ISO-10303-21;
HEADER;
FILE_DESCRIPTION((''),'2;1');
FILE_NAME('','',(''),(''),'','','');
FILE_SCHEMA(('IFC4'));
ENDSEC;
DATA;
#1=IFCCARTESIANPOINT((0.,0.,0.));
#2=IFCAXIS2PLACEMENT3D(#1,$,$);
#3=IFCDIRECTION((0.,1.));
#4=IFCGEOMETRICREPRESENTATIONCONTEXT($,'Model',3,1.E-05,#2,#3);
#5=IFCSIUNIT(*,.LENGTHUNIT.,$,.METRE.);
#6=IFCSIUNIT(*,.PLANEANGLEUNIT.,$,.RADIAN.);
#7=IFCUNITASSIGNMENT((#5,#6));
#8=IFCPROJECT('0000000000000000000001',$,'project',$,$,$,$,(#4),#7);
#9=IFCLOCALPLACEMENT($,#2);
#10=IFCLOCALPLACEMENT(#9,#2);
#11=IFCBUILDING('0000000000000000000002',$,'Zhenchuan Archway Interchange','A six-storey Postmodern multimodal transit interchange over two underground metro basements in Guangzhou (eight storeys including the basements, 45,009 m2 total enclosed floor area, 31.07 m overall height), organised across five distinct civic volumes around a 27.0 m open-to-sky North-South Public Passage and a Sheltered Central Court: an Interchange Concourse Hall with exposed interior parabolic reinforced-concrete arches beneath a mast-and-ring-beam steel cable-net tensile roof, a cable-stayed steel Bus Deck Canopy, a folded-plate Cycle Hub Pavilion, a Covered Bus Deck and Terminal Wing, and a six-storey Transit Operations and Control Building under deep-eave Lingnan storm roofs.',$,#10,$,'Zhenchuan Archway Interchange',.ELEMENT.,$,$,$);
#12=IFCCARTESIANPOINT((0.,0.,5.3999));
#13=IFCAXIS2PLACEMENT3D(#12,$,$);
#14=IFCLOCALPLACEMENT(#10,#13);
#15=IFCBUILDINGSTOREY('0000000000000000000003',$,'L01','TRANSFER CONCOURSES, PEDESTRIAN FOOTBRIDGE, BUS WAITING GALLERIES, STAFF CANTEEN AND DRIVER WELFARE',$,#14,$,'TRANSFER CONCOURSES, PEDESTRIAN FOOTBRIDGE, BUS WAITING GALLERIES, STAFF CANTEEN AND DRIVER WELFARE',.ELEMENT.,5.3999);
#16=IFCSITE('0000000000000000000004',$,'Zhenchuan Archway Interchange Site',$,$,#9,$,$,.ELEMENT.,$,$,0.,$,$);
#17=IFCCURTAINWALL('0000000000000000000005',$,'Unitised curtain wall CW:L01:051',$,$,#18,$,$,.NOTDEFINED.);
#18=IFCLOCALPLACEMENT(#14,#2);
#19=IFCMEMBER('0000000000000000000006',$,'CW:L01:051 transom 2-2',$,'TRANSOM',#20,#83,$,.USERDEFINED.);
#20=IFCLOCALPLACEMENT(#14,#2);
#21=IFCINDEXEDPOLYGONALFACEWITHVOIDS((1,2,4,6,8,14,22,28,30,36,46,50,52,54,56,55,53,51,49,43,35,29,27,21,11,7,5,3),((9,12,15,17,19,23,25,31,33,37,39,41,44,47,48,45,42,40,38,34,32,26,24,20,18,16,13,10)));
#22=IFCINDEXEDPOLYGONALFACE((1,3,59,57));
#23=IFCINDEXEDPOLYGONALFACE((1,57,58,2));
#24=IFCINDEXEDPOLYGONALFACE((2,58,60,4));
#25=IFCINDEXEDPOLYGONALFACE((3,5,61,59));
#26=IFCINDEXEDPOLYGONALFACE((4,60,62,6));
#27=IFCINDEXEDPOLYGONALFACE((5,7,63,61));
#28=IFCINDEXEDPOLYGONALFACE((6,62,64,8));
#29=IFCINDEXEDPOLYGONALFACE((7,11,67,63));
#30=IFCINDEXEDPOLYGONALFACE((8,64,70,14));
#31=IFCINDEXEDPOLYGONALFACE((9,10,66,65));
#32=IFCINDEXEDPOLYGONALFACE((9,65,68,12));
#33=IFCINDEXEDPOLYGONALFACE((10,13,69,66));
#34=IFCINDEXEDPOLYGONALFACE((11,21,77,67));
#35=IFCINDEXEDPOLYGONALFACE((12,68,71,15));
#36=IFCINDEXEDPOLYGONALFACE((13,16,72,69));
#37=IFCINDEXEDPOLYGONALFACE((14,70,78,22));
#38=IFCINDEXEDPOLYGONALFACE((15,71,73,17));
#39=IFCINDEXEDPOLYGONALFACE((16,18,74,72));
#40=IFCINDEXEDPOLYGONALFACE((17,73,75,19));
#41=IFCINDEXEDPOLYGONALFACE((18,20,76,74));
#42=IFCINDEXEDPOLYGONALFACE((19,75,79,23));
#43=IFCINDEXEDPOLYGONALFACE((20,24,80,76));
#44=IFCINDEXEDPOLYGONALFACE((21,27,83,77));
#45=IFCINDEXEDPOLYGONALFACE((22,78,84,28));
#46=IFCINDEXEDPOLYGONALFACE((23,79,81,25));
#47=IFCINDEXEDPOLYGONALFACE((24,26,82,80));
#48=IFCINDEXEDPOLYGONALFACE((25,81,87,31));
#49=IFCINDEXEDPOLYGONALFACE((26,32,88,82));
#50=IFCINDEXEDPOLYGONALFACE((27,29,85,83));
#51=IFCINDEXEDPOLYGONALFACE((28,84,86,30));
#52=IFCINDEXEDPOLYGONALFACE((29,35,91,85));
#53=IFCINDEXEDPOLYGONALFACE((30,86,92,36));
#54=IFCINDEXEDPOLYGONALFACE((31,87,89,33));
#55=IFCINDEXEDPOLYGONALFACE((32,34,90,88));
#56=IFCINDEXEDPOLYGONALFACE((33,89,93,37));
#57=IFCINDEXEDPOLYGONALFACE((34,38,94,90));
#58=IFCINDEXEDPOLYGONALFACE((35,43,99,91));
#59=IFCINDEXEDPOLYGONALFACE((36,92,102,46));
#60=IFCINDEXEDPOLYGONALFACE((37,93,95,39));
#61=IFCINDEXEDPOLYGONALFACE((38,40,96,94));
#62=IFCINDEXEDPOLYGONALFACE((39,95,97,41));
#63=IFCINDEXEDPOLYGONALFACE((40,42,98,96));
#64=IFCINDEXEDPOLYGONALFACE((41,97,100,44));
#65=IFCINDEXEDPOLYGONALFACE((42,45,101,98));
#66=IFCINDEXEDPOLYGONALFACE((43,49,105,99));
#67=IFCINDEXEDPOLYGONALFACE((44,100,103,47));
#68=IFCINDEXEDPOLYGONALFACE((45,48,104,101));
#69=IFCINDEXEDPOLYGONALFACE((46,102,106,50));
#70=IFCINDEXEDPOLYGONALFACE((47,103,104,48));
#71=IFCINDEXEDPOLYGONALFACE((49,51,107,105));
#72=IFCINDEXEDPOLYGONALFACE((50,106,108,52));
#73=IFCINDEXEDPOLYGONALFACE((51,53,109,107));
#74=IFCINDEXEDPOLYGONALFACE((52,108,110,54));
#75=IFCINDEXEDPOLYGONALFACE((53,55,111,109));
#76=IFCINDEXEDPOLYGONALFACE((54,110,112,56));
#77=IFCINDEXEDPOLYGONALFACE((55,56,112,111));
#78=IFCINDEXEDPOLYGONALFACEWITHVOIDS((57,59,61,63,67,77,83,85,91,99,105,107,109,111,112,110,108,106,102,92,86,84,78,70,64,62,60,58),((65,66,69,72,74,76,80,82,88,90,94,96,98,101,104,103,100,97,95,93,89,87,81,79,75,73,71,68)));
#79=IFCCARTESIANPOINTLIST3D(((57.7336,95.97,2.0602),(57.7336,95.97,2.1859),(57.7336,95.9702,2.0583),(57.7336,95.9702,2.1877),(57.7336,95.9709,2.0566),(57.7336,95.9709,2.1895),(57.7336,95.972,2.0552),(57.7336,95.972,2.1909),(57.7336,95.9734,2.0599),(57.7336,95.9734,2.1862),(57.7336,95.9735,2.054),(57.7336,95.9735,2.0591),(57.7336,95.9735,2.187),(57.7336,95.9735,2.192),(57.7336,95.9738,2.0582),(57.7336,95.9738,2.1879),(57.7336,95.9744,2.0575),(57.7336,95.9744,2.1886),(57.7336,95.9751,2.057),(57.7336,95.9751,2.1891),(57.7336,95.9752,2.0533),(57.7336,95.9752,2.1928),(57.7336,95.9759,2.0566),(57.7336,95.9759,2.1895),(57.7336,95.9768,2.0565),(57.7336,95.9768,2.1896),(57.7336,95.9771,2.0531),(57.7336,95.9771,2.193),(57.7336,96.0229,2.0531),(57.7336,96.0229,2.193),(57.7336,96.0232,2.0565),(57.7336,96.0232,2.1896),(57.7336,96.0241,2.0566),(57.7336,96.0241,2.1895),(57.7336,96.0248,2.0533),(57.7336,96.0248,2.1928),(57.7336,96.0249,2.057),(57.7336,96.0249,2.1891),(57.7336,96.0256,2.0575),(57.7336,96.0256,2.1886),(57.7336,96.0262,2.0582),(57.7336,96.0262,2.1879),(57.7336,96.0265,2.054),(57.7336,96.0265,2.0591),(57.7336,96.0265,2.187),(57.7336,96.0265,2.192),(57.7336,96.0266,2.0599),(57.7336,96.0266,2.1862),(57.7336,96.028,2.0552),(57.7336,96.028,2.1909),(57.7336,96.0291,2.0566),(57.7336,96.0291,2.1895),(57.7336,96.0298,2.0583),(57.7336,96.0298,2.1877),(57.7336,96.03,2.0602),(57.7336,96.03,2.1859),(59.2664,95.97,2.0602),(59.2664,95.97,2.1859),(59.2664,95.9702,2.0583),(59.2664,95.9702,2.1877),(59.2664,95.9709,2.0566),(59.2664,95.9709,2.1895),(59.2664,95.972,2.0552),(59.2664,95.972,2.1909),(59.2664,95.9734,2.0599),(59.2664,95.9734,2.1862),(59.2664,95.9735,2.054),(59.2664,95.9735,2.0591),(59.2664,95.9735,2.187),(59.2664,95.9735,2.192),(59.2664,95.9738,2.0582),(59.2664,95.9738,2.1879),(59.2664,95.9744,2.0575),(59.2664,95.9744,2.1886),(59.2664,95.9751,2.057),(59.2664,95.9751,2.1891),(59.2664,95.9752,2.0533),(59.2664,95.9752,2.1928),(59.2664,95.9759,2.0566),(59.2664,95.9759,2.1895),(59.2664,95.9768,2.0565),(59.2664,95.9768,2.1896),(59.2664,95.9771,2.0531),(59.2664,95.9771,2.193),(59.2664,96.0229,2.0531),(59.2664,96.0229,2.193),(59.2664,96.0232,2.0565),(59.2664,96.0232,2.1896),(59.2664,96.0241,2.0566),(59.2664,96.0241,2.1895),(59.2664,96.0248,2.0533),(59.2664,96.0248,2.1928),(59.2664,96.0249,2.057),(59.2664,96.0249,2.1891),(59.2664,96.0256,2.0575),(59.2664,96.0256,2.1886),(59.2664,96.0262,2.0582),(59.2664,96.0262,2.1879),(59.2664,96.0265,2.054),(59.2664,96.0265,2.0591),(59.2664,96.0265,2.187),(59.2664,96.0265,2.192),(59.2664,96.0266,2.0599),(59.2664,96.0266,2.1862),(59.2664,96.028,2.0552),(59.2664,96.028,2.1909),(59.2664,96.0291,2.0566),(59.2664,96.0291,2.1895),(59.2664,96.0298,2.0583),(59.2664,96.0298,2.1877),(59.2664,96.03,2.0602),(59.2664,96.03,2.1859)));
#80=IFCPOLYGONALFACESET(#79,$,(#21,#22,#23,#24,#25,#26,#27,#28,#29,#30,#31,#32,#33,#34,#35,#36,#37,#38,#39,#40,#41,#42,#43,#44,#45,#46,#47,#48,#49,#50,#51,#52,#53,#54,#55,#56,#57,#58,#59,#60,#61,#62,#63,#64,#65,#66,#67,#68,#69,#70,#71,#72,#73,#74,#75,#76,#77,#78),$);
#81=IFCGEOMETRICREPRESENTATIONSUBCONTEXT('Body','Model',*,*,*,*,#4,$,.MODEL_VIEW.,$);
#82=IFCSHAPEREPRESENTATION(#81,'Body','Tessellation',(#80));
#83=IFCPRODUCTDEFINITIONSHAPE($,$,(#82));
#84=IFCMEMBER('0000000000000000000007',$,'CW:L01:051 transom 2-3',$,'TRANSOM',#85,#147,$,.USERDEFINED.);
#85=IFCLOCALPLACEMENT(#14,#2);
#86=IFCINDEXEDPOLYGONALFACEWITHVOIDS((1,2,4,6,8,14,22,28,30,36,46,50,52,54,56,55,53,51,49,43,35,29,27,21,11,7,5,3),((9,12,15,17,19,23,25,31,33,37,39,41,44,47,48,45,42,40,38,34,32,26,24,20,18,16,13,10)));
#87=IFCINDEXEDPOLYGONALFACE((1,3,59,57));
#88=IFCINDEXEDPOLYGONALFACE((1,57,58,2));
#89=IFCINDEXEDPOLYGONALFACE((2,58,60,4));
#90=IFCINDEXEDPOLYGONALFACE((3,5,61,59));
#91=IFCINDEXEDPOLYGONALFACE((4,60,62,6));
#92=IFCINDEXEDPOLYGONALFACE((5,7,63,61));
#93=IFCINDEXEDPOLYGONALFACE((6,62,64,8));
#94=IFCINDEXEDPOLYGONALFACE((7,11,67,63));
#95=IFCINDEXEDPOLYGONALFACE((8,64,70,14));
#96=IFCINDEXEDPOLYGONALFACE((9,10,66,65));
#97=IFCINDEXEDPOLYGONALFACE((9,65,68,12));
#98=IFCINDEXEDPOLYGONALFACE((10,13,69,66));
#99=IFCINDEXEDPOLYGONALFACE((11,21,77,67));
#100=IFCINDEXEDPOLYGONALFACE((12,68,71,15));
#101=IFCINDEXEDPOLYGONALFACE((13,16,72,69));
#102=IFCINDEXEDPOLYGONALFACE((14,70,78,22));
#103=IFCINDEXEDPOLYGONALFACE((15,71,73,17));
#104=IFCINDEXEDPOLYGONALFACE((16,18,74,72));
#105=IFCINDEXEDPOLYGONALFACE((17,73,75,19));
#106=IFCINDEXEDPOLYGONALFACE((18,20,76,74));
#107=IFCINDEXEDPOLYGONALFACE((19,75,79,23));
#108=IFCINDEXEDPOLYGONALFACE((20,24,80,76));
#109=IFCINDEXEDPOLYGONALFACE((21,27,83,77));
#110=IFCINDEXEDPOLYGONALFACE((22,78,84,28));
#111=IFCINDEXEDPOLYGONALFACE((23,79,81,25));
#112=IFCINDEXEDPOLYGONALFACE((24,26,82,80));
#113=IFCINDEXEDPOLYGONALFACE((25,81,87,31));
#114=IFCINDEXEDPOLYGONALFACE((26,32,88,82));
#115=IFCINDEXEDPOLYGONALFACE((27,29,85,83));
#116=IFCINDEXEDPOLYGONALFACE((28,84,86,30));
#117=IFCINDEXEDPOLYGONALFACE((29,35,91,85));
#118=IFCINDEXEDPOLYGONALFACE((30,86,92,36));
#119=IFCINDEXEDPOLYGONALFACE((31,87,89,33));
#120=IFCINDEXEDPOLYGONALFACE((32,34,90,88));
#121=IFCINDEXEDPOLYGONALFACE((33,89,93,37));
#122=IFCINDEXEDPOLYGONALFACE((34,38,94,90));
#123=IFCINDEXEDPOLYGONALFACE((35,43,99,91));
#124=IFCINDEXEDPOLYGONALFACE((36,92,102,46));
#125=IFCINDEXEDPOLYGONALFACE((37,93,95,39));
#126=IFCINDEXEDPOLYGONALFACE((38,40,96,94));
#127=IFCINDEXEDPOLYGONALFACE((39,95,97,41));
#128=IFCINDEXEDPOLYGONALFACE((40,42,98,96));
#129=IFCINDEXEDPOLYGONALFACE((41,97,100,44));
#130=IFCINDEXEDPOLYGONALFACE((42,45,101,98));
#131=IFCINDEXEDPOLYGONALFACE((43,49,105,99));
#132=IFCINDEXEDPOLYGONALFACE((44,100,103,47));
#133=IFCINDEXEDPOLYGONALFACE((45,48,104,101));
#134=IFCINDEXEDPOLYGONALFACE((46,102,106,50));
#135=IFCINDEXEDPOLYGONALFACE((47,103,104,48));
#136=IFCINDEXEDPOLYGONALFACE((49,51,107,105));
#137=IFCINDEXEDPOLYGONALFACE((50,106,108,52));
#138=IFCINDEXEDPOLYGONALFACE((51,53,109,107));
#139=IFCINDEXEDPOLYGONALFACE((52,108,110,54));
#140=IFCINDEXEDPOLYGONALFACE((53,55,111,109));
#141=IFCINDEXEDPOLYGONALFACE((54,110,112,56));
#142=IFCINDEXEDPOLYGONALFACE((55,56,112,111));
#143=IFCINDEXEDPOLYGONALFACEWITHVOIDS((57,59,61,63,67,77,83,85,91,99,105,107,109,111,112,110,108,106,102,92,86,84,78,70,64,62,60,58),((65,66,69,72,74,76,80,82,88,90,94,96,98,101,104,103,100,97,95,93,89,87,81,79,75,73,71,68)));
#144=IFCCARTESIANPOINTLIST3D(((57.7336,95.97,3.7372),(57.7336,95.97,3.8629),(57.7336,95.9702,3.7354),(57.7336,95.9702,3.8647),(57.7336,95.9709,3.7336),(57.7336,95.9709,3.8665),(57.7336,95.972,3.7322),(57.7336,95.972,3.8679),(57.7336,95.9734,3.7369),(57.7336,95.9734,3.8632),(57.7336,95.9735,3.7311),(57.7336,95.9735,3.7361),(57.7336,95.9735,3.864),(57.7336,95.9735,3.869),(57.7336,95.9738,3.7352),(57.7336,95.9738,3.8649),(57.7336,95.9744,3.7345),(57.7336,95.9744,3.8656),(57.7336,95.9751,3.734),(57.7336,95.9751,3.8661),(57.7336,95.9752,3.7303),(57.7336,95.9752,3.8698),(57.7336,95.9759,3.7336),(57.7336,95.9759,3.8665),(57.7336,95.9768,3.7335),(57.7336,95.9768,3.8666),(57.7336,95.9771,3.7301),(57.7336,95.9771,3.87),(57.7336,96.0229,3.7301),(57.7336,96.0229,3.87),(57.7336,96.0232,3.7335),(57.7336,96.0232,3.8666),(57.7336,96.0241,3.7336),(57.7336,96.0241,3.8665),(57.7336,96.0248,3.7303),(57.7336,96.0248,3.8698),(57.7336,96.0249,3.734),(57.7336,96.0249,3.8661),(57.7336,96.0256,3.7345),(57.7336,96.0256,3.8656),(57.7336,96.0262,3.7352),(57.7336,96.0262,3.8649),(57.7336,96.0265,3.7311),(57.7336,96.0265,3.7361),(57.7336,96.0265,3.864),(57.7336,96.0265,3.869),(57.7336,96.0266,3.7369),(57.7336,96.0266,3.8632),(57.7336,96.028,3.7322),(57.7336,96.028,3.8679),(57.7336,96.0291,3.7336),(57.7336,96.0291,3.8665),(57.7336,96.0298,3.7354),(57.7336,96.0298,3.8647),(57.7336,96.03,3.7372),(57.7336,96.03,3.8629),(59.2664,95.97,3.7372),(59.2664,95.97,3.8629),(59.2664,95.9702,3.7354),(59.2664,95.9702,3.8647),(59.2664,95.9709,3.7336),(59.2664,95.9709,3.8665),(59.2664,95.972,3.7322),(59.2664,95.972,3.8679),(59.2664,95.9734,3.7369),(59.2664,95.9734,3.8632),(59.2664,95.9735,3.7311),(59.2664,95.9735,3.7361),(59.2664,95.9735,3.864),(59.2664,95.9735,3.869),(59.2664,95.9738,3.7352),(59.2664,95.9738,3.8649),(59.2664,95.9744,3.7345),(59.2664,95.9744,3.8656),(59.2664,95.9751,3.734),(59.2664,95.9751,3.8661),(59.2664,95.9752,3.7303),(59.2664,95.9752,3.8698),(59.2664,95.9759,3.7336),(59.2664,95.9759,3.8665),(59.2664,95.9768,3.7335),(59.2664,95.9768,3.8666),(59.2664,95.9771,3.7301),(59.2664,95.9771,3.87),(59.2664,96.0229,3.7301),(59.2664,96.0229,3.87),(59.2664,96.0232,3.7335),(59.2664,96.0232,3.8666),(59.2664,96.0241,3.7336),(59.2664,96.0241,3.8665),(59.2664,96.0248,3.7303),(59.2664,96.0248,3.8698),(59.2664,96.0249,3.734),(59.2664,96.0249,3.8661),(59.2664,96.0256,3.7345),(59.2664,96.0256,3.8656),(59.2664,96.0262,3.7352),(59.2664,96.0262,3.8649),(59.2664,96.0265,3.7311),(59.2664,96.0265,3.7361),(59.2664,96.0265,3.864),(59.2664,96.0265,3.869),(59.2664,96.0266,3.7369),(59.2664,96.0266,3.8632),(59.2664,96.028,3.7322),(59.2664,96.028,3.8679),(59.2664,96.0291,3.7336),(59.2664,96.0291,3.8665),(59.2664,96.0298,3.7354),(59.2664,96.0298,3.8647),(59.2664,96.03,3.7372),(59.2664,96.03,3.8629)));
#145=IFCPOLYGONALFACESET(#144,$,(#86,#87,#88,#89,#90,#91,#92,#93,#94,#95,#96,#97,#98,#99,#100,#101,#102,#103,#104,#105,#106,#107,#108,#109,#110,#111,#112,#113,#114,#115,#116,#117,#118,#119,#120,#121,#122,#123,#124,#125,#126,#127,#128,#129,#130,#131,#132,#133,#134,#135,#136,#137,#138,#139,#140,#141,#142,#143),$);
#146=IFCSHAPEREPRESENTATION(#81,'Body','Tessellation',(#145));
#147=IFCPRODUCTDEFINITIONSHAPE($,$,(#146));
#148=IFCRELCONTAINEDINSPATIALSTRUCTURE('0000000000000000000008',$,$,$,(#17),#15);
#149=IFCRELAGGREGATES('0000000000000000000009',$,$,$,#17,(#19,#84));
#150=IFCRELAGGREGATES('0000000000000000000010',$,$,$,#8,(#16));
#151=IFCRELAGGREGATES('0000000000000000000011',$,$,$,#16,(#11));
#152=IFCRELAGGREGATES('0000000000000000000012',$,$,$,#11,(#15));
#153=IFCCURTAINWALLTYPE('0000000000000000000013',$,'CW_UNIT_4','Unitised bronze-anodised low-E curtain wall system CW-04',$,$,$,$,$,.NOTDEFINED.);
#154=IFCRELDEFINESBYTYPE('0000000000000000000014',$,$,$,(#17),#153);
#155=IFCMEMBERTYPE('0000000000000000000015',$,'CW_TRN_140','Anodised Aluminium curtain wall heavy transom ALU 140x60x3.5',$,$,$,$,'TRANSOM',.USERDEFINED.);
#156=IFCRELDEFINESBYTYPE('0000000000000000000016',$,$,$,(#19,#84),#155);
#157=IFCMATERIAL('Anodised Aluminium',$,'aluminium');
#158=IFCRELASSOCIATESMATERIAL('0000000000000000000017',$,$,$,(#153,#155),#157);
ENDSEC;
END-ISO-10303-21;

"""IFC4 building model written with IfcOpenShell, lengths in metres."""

from ifc_helpers import new_model, si_unit, direction, frame, origin, origin_2d, place, context, subcontext, project, spatial, hollow_rectangle, extrude, material, material_profile, profile_set, type_object, element, aggregate, save


model = new_model("IFC4")

# Units and contexts
model_context = context("Model", 3, precision=1e-05, world=origin(), true_north=direction((0.0, 1.0)))
body_context = subcontext(model_context, "Body", "Model", "MODEL_VIEW")
ifc_project = project(units=[si_unit("LENGTHUNIT", "METRE"), si_unit("PLANEANGLEUNIT", "RADIAN")], contexts=[model_context])

# Site, building, storey
site_placement = place(None, origin())
site = spatial("IfcSite", under=ifc_project, at=site_placement, Name="Zhenchuan Archway Interchange Site", CompositionType="ELEMENT", RefElevation=0.0)
building_placement = place(site_placement, origin())
building = spatial("IfcBuilding", under=site, at=building_placement, Name="Zhenchuan Archway Interchange", Description="A six-storey Postmodern multimodal transit interchange over two underground metro basements in Guangzhou (eight storeys including the basements, 45,009 m2 total enclosed floor area, 31.07 m overall height), organised across five distinct civic volumes around a 27.0 m open-to-sky North-South Public Passage and a Sheltered Central Court: an Interchange Concourse Hall with exposed interior parabolic reinforced-concrete arches beneath a mast-and-ring-beam steel cable-net tensile roof, a cable-stayed steel Bus Deck Canopy, a folded-plate Cycle Hub Pavilion, a Covered Bus Deck and Terminal Wing, and a six-storey Transit Operations and Control Building under deep-eave Lingnan storm roofs.", LongName="Zhenchuan Archway Interchange", CompositionType="ELEMENT")
storey_placement = place(building_placement, frame((0.0, 0.0, 5.3999)))
storey = spatial("IfcBuildingStorey", under=building, at=storey_placement, Name="L01", Description="TRANSFER CONCOURSES, PEDESTRIAN FOOTBRIDGE, BUS WAITING GALLERIES, STAFF CANTEEN AND DRIVER WELFARE", LongName="TRANSFER CONCOURSES, PEDESTRIAN FOOTBRIDGE, BUS WAITING GALLERIES, STAFF CANTEEN AND DRIVER WELFARE", CompositionType="ELEMENT", Elevation=5.3999)

# Curtain wall, members
ifc_material_1 = material(Name="Anodised Aluminium", Category="aluminium")
curtain_wall_type = type_object("IfcCurtainWallType", Name="CW_UNIT_4", Description="Unitised bronze-anodised low-E curtain wall system CW-04", PredefinedType="NOTDEFINED", material=ifc_material_1)
curtain_wall_placement = place(storey_placement, origin())
curtain_wall = element("IfcCurtainWall", 1, at=curtain_wall_placement, inside=storey, type_object=curtain_wall_type, Name="Unitised curtain wall CW:L01:051", PredefinedType="NOTDEFINED")
ifc_material_profile_1 = material_profile(ifc_material_1, hollow_rectangle(XDim=0.0601, YDim=0.1399, WallThickness=0.0034, InnerFilletRadius=0.0034, OuterFilletRadius=0.0071, at=origin_2d()), Name="ALU 140x60x3.5")
ifc_profile_set_1 = profile_set([ifc_material_profile_1], Name="Anodised Aluminium")
member_type_1 = type_object("IfcMemberType", Name="CW_TRN_140", Description="Anodised Aluminium curtain wall heavy transom ALU 140x60x3.5", ElementType="TRANSOM", PredefinedType="USERDEFINED", material=ifc_profile_set_1)
member_1_placement = place(storey_placement, frame((57.7336, 96.0, 2.123), z_axis=(1.0, 0.0, 0.0), x_axis=(0.0, 1.0, 0.0)))
member_1 = element("IfcMember", 2, at=member_1_placement, type_object=member_type_1, Name="CW:L01:051 transom 2-2", ObjectType="TRANSOM", PredefinedType="USERDEFINED", context=body_context, shape_type="SweptSolid", body=[
    extrude(hollow_rectangle(XDim=0.0601, YDim=0.1399, WallThickness=0.0034, InnerFilletRadius=0.0034, OuterFilletRadius=0.0071, at=origin_2d()), origin(), (0.0, 0.0, 1.0), 1.5327),
])
member_2_placement = place(storey_placement, frame((57.7336, 96.0, 3.8), z_axis=(1.0, 0.0, 0.0), x_axis=(0.0, 1.0, 0.0)))
member_2 = element("IfcMember", 3, at=member_2_placement, type_object=member_type_1, Name="CW:L01:051 transom 2-3", ObjectType="TRANSOM", PredefinedType="USERDEFINED", context=body_context, shape_type="SweptSolid", body=[
    extrude(hollow_rectangle(XDim=0.0601, YDim=0.1399, WallThickness=0.0034, InnerFilletRadius=0.0034, OuterFilletRadius=0.0071, at=origin_2d()), origin(), (0.0, 0.0, 1.0), 1.5327),
])

aggregate(curtain_wall, [member_1, member_2])

save(model, "model.ifc")
